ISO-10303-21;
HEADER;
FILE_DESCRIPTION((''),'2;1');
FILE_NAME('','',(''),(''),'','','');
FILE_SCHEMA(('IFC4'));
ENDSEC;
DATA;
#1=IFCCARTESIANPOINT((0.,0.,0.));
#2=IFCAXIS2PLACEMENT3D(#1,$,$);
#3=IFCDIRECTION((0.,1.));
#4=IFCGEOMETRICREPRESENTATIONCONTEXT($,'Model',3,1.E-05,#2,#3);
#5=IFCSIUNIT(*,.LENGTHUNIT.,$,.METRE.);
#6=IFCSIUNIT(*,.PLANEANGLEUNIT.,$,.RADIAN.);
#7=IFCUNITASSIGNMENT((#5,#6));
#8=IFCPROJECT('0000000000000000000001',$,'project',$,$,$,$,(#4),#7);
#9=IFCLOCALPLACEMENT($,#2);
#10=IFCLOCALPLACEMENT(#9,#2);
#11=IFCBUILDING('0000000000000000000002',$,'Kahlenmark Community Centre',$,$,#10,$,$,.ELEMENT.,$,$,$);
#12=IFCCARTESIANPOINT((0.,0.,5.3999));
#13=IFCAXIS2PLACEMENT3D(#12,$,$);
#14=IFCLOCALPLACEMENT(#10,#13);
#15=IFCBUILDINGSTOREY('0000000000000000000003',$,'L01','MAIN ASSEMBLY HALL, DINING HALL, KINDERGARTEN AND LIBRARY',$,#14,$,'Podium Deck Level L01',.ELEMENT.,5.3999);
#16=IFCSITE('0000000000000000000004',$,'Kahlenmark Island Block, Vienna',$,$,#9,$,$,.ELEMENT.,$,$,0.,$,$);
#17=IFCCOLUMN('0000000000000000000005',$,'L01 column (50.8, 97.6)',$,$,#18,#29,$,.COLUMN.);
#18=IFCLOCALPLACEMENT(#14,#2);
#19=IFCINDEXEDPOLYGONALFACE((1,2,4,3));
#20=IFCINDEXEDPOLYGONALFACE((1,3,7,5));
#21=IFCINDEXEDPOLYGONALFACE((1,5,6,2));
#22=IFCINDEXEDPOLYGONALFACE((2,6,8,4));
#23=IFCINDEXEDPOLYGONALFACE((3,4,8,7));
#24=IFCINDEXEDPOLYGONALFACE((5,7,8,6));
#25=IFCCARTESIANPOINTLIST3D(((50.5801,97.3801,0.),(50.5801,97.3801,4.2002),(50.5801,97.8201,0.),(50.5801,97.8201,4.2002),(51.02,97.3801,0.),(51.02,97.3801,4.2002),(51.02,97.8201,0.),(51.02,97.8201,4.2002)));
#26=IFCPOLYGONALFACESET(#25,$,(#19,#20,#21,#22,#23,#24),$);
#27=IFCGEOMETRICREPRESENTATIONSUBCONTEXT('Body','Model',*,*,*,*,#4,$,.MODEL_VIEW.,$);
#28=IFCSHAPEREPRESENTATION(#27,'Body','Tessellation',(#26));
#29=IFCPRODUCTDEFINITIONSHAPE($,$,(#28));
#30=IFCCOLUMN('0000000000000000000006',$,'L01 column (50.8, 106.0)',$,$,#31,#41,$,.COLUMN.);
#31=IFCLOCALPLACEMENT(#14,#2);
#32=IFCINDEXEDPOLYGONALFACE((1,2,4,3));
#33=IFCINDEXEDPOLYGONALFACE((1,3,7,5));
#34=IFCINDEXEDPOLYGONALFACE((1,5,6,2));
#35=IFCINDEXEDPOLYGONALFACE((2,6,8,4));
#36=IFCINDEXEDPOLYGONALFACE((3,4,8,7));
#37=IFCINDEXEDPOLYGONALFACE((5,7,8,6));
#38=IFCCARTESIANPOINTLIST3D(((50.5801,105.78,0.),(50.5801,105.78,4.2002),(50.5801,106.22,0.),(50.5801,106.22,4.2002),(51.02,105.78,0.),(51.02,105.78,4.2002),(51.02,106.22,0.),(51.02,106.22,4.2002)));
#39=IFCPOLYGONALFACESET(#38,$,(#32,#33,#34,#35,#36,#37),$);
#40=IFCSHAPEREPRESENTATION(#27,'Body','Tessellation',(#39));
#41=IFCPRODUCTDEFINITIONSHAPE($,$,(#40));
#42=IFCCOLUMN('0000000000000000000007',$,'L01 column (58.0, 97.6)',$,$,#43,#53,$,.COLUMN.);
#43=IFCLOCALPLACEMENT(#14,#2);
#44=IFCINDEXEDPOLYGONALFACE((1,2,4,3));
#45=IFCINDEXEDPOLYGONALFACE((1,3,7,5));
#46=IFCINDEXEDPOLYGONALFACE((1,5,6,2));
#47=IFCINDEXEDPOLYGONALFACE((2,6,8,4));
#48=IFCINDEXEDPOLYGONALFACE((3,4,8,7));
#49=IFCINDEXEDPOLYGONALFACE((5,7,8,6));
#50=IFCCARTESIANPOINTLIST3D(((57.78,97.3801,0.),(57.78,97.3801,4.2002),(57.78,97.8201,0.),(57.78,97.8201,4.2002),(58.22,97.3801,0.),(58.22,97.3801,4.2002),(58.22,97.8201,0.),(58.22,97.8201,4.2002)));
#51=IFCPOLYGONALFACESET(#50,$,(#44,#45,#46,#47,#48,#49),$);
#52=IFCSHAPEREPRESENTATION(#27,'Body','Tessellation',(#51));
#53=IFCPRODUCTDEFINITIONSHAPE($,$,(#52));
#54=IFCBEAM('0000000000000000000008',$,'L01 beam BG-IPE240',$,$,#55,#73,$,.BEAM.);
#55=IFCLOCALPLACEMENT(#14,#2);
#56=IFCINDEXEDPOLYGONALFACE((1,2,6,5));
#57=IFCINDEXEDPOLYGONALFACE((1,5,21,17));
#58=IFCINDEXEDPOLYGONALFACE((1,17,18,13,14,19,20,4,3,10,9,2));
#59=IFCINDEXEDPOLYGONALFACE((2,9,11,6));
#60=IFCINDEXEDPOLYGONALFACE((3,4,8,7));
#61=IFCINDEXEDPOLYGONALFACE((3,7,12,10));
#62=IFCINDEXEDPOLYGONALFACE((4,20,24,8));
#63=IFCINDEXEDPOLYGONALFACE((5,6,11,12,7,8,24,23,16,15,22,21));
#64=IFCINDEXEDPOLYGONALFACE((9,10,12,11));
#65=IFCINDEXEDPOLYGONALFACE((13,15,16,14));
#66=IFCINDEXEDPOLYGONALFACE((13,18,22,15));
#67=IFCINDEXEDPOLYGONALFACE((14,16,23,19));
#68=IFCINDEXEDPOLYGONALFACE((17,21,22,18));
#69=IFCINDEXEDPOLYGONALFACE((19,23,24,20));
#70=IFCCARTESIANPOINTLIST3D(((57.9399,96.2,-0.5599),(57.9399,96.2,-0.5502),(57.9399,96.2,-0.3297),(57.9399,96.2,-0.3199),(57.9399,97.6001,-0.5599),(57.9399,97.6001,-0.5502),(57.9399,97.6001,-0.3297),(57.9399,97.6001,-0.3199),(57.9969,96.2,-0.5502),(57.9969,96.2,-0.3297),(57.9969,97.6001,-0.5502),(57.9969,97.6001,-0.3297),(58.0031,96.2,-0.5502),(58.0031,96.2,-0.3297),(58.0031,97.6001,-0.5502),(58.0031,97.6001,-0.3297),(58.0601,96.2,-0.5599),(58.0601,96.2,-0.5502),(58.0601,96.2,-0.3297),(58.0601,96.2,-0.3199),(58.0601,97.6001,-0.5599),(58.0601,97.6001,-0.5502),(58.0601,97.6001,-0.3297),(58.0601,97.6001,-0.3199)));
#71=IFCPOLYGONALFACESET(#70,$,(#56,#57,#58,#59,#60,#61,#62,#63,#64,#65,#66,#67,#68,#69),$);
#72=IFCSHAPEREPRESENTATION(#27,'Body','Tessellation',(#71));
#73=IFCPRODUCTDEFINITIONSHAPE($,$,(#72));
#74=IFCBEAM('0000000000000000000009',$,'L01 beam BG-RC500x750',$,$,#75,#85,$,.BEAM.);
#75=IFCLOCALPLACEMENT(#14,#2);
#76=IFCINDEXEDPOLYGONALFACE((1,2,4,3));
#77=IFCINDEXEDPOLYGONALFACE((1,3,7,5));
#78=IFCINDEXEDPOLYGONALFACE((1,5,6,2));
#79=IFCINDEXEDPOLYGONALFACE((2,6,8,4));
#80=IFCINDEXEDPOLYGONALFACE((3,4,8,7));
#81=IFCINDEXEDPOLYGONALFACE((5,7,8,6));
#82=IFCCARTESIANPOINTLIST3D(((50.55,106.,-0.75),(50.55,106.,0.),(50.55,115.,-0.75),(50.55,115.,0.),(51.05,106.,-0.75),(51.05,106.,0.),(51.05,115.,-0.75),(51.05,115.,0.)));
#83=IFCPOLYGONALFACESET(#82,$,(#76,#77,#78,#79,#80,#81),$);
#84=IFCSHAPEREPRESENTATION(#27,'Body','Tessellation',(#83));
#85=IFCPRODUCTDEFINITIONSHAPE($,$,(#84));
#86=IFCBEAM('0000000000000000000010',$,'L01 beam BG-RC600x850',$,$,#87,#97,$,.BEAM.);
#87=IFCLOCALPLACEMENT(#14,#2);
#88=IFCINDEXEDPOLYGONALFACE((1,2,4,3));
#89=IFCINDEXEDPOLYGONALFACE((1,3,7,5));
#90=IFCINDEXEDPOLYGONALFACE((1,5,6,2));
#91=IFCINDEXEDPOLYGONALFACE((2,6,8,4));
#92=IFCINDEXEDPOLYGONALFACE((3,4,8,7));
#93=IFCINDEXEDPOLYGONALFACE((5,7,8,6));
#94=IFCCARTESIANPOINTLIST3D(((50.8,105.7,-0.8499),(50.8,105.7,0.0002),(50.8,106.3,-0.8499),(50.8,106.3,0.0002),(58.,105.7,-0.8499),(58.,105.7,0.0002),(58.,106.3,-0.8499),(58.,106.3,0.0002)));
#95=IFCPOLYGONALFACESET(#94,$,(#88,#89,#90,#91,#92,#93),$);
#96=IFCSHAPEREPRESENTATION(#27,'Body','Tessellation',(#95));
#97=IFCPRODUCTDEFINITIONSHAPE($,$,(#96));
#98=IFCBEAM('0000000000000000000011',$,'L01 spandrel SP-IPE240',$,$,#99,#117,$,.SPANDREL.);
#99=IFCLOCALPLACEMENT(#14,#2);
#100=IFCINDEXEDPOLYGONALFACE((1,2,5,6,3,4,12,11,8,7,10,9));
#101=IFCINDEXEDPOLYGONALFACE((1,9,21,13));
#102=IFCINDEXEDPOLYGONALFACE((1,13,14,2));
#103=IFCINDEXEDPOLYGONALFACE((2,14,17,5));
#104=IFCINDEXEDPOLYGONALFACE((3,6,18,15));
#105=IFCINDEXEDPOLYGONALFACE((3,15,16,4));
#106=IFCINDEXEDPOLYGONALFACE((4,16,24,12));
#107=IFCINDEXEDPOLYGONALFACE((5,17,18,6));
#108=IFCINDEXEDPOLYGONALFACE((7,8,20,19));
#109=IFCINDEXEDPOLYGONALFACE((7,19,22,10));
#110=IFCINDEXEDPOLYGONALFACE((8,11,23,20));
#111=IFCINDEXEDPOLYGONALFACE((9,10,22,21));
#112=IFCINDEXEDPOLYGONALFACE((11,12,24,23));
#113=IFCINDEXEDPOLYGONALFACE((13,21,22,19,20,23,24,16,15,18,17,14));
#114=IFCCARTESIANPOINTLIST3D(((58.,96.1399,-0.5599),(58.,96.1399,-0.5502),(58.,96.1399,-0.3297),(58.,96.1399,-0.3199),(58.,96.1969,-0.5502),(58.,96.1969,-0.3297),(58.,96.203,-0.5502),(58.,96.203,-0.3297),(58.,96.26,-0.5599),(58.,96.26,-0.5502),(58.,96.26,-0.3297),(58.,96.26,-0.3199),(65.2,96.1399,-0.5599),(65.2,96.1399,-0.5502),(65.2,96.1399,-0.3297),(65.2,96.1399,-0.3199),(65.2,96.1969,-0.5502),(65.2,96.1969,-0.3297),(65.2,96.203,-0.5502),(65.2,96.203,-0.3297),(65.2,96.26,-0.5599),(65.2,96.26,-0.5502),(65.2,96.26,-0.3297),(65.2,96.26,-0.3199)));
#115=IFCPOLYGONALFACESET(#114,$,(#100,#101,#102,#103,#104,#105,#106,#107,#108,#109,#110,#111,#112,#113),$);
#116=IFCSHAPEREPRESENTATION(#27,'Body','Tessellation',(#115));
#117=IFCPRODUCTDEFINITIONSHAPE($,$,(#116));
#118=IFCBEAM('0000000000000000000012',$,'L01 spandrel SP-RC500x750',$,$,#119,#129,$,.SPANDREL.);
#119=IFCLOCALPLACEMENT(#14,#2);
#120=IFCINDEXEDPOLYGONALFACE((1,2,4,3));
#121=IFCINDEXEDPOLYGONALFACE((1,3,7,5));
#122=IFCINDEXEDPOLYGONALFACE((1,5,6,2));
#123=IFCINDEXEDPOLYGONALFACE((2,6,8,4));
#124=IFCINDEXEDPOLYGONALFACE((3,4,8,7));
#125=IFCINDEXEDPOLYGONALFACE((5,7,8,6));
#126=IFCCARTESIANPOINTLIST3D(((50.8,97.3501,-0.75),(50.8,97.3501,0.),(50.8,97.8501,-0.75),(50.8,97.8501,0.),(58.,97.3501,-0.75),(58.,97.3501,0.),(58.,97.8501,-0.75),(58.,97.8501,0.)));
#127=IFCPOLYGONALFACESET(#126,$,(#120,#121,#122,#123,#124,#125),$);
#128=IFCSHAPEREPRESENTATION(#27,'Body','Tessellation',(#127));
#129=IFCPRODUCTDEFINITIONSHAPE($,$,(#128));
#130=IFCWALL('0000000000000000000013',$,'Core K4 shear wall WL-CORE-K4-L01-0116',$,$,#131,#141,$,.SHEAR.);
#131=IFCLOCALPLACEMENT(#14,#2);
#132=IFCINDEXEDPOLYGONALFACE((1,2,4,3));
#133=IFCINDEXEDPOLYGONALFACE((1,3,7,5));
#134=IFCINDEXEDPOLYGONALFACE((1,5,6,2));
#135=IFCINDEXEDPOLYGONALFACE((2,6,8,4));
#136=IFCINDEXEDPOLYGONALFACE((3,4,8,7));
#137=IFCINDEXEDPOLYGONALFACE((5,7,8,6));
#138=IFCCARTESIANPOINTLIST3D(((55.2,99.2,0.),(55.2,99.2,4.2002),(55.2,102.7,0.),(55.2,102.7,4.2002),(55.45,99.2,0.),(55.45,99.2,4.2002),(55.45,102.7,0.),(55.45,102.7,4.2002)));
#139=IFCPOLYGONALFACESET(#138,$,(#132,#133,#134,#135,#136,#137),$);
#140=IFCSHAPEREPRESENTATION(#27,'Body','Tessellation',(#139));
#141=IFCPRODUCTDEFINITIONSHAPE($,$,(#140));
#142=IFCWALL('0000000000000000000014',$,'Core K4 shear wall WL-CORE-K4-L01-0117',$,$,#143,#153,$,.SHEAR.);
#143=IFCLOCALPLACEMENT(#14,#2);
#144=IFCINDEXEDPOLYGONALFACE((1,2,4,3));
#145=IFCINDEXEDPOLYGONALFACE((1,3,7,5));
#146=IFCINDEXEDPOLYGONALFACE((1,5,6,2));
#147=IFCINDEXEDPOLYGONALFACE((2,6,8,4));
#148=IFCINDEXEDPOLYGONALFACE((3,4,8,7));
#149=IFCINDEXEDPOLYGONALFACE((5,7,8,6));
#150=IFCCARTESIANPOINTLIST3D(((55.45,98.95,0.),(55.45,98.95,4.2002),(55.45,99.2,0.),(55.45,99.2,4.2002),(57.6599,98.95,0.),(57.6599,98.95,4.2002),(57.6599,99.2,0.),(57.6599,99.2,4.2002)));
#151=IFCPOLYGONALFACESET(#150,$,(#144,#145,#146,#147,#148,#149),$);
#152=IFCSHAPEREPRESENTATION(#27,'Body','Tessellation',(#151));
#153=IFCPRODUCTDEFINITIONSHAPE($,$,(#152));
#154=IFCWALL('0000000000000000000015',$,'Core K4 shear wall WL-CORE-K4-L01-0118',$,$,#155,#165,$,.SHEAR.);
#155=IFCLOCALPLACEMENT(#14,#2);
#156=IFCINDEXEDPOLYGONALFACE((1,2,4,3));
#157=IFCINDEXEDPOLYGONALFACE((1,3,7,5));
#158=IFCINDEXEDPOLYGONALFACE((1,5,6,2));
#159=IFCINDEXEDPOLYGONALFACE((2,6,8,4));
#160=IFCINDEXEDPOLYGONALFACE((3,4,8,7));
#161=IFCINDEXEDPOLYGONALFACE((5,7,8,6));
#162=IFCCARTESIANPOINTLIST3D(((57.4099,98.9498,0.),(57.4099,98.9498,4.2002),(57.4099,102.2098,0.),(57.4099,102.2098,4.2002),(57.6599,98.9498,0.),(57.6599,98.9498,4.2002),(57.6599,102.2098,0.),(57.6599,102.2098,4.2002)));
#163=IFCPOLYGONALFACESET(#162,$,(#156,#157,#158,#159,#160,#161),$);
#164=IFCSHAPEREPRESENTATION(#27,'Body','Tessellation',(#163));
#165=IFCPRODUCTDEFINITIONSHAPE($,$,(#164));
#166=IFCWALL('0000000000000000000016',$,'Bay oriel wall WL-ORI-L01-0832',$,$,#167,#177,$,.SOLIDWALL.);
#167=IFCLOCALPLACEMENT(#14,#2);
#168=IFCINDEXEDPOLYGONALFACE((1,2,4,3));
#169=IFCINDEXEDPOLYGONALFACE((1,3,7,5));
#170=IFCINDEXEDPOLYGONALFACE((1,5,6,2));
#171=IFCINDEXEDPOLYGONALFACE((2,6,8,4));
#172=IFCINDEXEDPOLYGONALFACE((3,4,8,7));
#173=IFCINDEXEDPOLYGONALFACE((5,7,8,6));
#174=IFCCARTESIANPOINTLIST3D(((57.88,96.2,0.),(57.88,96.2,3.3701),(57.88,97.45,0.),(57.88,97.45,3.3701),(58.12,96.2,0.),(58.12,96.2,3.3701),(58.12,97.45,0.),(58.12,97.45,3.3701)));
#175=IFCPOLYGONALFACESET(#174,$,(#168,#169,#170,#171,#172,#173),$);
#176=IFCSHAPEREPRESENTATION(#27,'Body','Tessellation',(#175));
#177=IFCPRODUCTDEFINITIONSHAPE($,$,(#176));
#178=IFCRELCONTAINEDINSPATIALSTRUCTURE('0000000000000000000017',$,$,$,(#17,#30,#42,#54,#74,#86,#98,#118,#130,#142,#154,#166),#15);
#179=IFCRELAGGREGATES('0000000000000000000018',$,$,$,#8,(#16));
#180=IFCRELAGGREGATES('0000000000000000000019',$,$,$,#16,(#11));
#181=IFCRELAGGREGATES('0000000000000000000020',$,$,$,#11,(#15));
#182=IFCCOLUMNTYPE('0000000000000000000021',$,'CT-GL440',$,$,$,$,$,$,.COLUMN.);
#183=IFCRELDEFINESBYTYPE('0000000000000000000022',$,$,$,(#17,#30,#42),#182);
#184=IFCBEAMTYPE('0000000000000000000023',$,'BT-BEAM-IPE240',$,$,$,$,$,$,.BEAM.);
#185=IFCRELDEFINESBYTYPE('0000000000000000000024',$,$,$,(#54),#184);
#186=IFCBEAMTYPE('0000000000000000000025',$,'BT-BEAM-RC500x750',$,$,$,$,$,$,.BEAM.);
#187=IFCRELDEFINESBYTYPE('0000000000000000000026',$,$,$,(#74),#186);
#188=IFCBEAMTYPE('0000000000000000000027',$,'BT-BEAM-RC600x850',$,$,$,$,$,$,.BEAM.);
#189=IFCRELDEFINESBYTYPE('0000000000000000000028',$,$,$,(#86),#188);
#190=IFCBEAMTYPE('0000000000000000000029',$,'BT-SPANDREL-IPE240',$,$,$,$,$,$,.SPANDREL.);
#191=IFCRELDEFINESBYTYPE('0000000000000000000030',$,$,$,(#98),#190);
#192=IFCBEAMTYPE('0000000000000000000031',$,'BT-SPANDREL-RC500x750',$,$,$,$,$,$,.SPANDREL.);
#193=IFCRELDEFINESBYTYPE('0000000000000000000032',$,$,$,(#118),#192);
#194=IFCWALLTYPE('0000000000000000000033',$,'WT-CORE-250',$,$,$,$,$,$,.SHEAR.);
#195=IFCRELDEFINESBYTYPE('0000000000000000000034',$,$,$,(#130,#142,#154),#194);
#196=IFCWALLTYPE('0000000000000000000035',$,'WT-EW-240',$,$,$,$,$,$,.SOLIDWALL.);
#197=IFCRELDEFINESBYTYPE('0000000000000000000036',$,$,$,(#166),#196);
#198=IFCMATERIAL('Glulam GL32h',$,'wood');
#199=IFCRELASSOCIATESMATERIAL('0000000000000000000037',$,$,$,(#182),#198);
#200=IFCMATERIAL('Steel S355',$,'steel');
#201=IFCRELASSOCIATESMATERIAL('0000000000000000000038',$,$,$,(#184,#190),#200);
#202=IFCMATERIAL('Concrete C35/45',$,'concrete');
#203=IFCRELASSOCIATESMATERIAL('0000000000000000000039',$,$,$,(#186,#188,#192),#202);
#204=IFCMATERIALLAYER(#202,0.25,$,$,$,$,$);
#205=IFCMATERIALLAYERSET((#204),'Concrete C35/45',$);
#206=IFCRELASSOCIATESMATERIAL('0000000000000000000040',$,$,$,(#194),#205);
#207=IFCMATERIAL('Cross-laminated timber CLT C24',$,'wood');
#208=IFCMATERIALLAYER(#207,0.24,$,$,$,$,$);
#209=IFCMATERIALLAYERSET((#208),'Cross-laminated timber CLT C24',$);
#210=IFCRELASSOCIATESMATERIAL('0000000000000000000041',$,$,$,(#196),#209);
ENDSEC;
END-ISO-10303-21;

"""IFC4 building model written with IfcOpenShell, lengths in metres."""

from ifc_helpers import new_model, si_unit, direction, frame, frame_2d, origin, origin_2d, place, context, subcontext, project, spatial, rectangle, i_section, extrude, material, layer, layer_set, material_profile, profile_set, type_object, element, save


model = new_model("IFC4")

# Units and contexts
model_context = context("Model", 3, precision=1e-05, world=origin(), true_north=direction((0.0, 1.0)))
body_context = subcontext(model_context, "Body", "Model", "MODEL_VIEW")
ifc_project = project(units=[si_unit("LENGTHUNIT", "METRE"), si_unit("PLANEANGLEUNIT", "RADIAN")], contexts=[model_context])

# Site, building, storey
site_placement = place(None, origin())
site = spatial("IfcSite", under=ifc_project, at=site_placement, Name="Kahlenmark Island Block, Vienna", CompositionType="ELEMENT", RefElevation=0.0)
building_placement = place(site_placement, origin())
building = spatial("IfcBuilding", under=site, at=building_placement, Name="Kahlenmark Community Centre", CompositionType="ELEMENT")
storey_placement = place(building_placement, frame((0.0, 0.0, 5.3999)))
storey = spatial("IfcBuildingStorey", under=building, at=storey_placement, Name="L01", Description="MAIN ASSEMBLY HALL, DINING HALL, KINDERGARTEN AND LIBRARY", LongName="Podium Deck Level L01", CompositionType="ELEMENT", Elevation=5.3999)

# Columns
ifc_material_1 = material(Name="Glulam GL32h", Category="wood")
ifc_material_profile_1 = material_profile(ifc_material_1, rectangle(XDim=0.4399, YDim=0.4399, at=origin_2d()), Name="GL32h 440x440")
ifc_profile_set_1 = profile_set([ifc_material_profile_1], Name="Glulam GL32h")
column_type = type_object("IfcColumnType", Name="CT-GL440", PredefinedType="COLUMN", material=ifc_profile_set_1)
for number, where, z_axis, x_axis, name in (
    (1, (50.8, 97.6001, 0.0), (0.0, 0.0, 1.0), (1.0, 0.0, 0.0), "L01 column (50.8, 97.6)"),
    (2, (50.8, 106.0, 0.0), (0.0, 0.0, 1.0), (1.0, 0.0, 0.0), "L01 column (50.8, 106.0)"),
    (3, (58.0, 97.6001, 0.0), (0.0, 0.0, 1.0), (1.0, 0.0, 0.0), "L01 column (58.0, 97.6)"),
):
    element("IfcColumn", number, at=place(storey_placement, frame(where, z_axis=z_axis, x_axis=x_axis)), inside=storey, type_object=column_type, Name=name, PredefinedType="COLUMN", context=body_context, shape_type="SweptSolid", body=[
        extrude(rectangle(XDim=0.4399, YDim=0.4399, at=origin_2d()), origin(), (0.0, 0.0, 1.0), 4.2002),
    ])

# Beams
ifc_material_2 = material(Name="Steel S355", Category="steel")
ifc_material_profile_2 = material_profile(ifc_material_2, i_section(OverallWidth=0.1201, OverallDepth=0.24, WebThickness=0.0061, FlangeThickness=0.0098, at=origin_2d()), Name="IPE 240")
ifc_profile_set_2 = profile_set([ifc_material_profile_2], Name="Steel S355")
beam_type_1 = type_object("IfcBeamType", Name="BT-BEAM-IPE240", PredefinedType="BEAM", material=ifc_profile_set_2)
beam_1_placement = place(storey_placement, frame((58.0, 96.2, -0.4399), z_axis=(0.0, 1.0, 0.0), x_axis=(-1.0, 0.0, 0.0)))
element("IfcBeam", 4, at=beam_1_placement, inside=storey, type_object=beam_type_1, Name="L01 beam BG-IPE240", PredefinedType="BEAM", context=body_context, shape_type="SweptSolid", body=[
    extrude(i_section(OverallWidth=0.1201, OverallDepth=0.24, WebThickness=0.0061, FlangeThickness=0.0098, at=origin_2d()), origin(), (0.0, 0.0, 1.0), 1.4001),
])
ifc_material_3 = material(Name="Concrete C35/45", Category="concrete")
ifc_material_profile_3 = material_profile(ifc_material_3, rectangle(XDim=0.5, YDim=0.75, at=origin_2d()), Name="RC 500x750")
ifc_profile_set_3 = profile_set([ifc_material_profile_3], Name="Concrete C35/45")
beam_type_2 = type_object("IfcBeamType", Name="BT-BEAM-RC500x750", PredefinedType="BEAM", material=ifc_profile_set_3)
beam_2_placement = place(storey_placement, frame((50.8, 106.0, -0.375), z_axis=(0.0, 1.0, 0.0), x_axis=(-1.0, 0.0, 0.0)))
element("IfcBeam", 5, at=beam_2_placement, inside=storey, type_object=beam_type_2, Name="L01 beam BG-RC500x750", PredefinedType="BEAM", context=body_context, shape_type="SweptSolid", body=[
    extrude(rectangle(XDim=0.5, YDim=0.75, at=origin_2d()), origin(), (0.0, 0.0, 1.0), 9.0),
])
ifc_material_profile_4 = material_profile(ifc_material_3, rectangle(XDim=0.6001, YDim=0.8501, at=origin_2d()), Name="RC 600x850")
ifc_profile_set_4 = profile_set([ifc_material_profile_4], Name="Concrete C35/45")
beam_type_3 = type_object("IfcBeamType", Name="BT-BEAM-RC600x850", PredefinedType="BEAM", material=ifc_profile_set_4)
beam_3_placement = place(storey_placement, frame((50.8, 106.0, -0.4248), z_axis=(1.0, 0.0, 0.0), x_axis=(0.0, 1.0, 0.0)))
element("IfcBeam", 6, at=beam_3_placement, inside=storey, type_object=beam_type_3, Name="L01 beam BG-RC600x850", PredefinedType="BEAM", context=body_context, shape_type="SweptSolid", body=[
    extrude(rectangle(XDim=0.6001, YDim=0.8501, at=origin_2d()), origin(), (0.0, 0.0, 1.0), 7.2),
])
ifc_material_profile_5 = material_profile(ifc_material_2, i_section(OverallWidth=0.1201, OverallDepth=0.24, WebThickness=0.0061, FlangeThickness=0.0098, at=origin_2d()), Name="IPE 240")
ifc_profile_set_5 = profile_set([ifc_material_profile_5], Name="Steel S355")
beam_type_4 = type_object("IfcBeamType", Name="BT-SPANDREL-IPE240", PredefinedType="SPANDREL", material=ifc_profile_set_5)
beam_4_placement = place(storey_placement, frame((58.0, 96.2, -0.4399), z_axis=(1.0, 0.0, 0.0), x_axis=(0.0, 1.0, 0.0)))
element("IfcBeam", 7, at=beam_4_placement, inside=storey, type_object=beam_type_4, Name="L01 spandrel SP-IPE240", PredefinedType="SPANDREL", context=body_context, shape_type="SweptSolid", body=[
    extrude(i_section(OverallWidth=0.1201, OverallDepth=0.24, WebThickness=0.0061, FlangeThickness=0.0098, at=origin_2d()), origin(), (0.0, 0.0, 1.0), 7.2),
])
ifc_material_profile_6 = material_profile(ifc_material_3, rectangle(XDim=0.5, YDim=0.75, at=origin_2d()), Name="RC 500x750")
ifc_profile_set_6 = profile_set([ifc_material_profile_6], Name="Concrete C35/45")
beam_type_5 = type_object("IfcBeamType", Name="BT-SPANDREL-RC500x750", PredefinedType="SPANDREL", material=ifc_profile_set_6)
beam_5_placement = place(storey_placement, frame((50.8, 97.6001, -0.375), z_axis=(1.0, 0.0, 0.0), x_axis=(0.0, 1.0, 0.0)))
element("IfcBeam", 8, at=beam_5_placement, inside=storey, type_object=beam_type_5, Name="L01 spandrel SP-RC500x750", PredefinedType="SPANDREL", context=body_context, shape_type="SweptSolid", body=[
    extrude(rectangle(XDim=0.5, YDim=0.75, at=origin_2d()), origin(), (0.0, 0.0, 1.0), 7.2),
])

# Walls
ifc_layer_1 = layer(ifc_material_3, 0.25)
ifc_layer_set_1 = layer_set([ifc_layer_1], Name="Concrete C35/45")
wall_type_1 = type_object("IfcWallType", Name="WT-CORE-250", PredefinedType="SHEAR", material=ifc_layer_set_1)
wall_1_placement = place(storey_placement, frame((55.325, 99.2, 0.0), z_axis=(0.0, 0.0, 1.0), x_axis=(0.0, 1.0, 0.0)))
element("IfcWall", 9, at=wall_1_placement, inside=storey, type_object=wall_type_1, Name="Core K4 shear wall WL-CORE-K4-L01-0116", PredefinedType="SHEAR", context=body_context, shape_type="SweptSolid", body=[
    extrude(rectangle(XDim=3.5, YDim=0.25, at=frame_2d((1.75, 0.0))), origin(), (0.0, 0.0, 1.0), 4.2002),
])
wall_2_placement = place(storey_placement, frame((55.45, 99.075, 0.0), z_axis=(0.0, 0.0, 1.0), x_axis=(1.0, 0.0, 0.0)))
element("IfcWall", 10, at=wall_2_placement, inside=storey, type_object=wall_type_1, Name="Core K4 shear wall WL-CORE-K4-L01-0117", PredefinedType="SHEAR", context=body_context, shape_type="SweptSolid", body=[
    extrude(rectangle(XDim=2.21, YDim=0.25, at=frame_2d((1.105, 0.0))), origin(), (0.0, 0.0, 1.0), 4.2002),
])
wall_3_placement = place(storey_placement, frame((57.5349, 98.95, 0.0), z_axis=(0.0, 0.0, 1.0), x_axis=(0.0, 1.0, 0.0)))
element("IfcWall", 11, at=wall_3_placement, inside=storey, type_object=wall_type_1, Name="Core K4 shear wall WL-CORE-K4-L01-0118", PredefinedType="SHEAR", context=body_context, shape_type="SweptSolid", body=[
    extrude(rectangle(XDim=3.26, YDim=0.25, at=frame_2d((1.6299, 0.0))), origin(), (0.0, 0.0, 1.0), 4.2002),
])

# Wall
ifc_material_4 = material(Name="Cross-laminated timber CLT C24", Category="wood")
ifc_layer_2 = layer(ifc_material_4, 0.24)
ifc_layer_set_2 = layer_set([ifc_layer_2], Name="Cross-laminated timber CLT C24")
wall_type_2 = type_object("IfcWallType", Name="WT-EW-240", PredefinedType="SOLIDWALL", material=ifc_layer_set_2)
wall_4_placement = place(storey_placement, frame((58.0, 97.45, 0.0), z_axis=(0.0, 0.0, 1.0), x_axis=(0.0, -1.0, 0.0)))
element("IfcWall", 12, at=wall_4_placement, inside=storey, type_object=wall_type_2, Name="Bay oriel wall WL-ORI-L01-0832", PredefinedType="SOLIDWALL", context=body_context, shape_type="SweptSolid", body=[
    extrude(rectangle(XDim=1.25, YDim=0.24, at=frame_2d((0.625, 0.0))), origin(), (0.0, 0.0, 1.0), 3.3701),
])

save(model, "model.ifc")
